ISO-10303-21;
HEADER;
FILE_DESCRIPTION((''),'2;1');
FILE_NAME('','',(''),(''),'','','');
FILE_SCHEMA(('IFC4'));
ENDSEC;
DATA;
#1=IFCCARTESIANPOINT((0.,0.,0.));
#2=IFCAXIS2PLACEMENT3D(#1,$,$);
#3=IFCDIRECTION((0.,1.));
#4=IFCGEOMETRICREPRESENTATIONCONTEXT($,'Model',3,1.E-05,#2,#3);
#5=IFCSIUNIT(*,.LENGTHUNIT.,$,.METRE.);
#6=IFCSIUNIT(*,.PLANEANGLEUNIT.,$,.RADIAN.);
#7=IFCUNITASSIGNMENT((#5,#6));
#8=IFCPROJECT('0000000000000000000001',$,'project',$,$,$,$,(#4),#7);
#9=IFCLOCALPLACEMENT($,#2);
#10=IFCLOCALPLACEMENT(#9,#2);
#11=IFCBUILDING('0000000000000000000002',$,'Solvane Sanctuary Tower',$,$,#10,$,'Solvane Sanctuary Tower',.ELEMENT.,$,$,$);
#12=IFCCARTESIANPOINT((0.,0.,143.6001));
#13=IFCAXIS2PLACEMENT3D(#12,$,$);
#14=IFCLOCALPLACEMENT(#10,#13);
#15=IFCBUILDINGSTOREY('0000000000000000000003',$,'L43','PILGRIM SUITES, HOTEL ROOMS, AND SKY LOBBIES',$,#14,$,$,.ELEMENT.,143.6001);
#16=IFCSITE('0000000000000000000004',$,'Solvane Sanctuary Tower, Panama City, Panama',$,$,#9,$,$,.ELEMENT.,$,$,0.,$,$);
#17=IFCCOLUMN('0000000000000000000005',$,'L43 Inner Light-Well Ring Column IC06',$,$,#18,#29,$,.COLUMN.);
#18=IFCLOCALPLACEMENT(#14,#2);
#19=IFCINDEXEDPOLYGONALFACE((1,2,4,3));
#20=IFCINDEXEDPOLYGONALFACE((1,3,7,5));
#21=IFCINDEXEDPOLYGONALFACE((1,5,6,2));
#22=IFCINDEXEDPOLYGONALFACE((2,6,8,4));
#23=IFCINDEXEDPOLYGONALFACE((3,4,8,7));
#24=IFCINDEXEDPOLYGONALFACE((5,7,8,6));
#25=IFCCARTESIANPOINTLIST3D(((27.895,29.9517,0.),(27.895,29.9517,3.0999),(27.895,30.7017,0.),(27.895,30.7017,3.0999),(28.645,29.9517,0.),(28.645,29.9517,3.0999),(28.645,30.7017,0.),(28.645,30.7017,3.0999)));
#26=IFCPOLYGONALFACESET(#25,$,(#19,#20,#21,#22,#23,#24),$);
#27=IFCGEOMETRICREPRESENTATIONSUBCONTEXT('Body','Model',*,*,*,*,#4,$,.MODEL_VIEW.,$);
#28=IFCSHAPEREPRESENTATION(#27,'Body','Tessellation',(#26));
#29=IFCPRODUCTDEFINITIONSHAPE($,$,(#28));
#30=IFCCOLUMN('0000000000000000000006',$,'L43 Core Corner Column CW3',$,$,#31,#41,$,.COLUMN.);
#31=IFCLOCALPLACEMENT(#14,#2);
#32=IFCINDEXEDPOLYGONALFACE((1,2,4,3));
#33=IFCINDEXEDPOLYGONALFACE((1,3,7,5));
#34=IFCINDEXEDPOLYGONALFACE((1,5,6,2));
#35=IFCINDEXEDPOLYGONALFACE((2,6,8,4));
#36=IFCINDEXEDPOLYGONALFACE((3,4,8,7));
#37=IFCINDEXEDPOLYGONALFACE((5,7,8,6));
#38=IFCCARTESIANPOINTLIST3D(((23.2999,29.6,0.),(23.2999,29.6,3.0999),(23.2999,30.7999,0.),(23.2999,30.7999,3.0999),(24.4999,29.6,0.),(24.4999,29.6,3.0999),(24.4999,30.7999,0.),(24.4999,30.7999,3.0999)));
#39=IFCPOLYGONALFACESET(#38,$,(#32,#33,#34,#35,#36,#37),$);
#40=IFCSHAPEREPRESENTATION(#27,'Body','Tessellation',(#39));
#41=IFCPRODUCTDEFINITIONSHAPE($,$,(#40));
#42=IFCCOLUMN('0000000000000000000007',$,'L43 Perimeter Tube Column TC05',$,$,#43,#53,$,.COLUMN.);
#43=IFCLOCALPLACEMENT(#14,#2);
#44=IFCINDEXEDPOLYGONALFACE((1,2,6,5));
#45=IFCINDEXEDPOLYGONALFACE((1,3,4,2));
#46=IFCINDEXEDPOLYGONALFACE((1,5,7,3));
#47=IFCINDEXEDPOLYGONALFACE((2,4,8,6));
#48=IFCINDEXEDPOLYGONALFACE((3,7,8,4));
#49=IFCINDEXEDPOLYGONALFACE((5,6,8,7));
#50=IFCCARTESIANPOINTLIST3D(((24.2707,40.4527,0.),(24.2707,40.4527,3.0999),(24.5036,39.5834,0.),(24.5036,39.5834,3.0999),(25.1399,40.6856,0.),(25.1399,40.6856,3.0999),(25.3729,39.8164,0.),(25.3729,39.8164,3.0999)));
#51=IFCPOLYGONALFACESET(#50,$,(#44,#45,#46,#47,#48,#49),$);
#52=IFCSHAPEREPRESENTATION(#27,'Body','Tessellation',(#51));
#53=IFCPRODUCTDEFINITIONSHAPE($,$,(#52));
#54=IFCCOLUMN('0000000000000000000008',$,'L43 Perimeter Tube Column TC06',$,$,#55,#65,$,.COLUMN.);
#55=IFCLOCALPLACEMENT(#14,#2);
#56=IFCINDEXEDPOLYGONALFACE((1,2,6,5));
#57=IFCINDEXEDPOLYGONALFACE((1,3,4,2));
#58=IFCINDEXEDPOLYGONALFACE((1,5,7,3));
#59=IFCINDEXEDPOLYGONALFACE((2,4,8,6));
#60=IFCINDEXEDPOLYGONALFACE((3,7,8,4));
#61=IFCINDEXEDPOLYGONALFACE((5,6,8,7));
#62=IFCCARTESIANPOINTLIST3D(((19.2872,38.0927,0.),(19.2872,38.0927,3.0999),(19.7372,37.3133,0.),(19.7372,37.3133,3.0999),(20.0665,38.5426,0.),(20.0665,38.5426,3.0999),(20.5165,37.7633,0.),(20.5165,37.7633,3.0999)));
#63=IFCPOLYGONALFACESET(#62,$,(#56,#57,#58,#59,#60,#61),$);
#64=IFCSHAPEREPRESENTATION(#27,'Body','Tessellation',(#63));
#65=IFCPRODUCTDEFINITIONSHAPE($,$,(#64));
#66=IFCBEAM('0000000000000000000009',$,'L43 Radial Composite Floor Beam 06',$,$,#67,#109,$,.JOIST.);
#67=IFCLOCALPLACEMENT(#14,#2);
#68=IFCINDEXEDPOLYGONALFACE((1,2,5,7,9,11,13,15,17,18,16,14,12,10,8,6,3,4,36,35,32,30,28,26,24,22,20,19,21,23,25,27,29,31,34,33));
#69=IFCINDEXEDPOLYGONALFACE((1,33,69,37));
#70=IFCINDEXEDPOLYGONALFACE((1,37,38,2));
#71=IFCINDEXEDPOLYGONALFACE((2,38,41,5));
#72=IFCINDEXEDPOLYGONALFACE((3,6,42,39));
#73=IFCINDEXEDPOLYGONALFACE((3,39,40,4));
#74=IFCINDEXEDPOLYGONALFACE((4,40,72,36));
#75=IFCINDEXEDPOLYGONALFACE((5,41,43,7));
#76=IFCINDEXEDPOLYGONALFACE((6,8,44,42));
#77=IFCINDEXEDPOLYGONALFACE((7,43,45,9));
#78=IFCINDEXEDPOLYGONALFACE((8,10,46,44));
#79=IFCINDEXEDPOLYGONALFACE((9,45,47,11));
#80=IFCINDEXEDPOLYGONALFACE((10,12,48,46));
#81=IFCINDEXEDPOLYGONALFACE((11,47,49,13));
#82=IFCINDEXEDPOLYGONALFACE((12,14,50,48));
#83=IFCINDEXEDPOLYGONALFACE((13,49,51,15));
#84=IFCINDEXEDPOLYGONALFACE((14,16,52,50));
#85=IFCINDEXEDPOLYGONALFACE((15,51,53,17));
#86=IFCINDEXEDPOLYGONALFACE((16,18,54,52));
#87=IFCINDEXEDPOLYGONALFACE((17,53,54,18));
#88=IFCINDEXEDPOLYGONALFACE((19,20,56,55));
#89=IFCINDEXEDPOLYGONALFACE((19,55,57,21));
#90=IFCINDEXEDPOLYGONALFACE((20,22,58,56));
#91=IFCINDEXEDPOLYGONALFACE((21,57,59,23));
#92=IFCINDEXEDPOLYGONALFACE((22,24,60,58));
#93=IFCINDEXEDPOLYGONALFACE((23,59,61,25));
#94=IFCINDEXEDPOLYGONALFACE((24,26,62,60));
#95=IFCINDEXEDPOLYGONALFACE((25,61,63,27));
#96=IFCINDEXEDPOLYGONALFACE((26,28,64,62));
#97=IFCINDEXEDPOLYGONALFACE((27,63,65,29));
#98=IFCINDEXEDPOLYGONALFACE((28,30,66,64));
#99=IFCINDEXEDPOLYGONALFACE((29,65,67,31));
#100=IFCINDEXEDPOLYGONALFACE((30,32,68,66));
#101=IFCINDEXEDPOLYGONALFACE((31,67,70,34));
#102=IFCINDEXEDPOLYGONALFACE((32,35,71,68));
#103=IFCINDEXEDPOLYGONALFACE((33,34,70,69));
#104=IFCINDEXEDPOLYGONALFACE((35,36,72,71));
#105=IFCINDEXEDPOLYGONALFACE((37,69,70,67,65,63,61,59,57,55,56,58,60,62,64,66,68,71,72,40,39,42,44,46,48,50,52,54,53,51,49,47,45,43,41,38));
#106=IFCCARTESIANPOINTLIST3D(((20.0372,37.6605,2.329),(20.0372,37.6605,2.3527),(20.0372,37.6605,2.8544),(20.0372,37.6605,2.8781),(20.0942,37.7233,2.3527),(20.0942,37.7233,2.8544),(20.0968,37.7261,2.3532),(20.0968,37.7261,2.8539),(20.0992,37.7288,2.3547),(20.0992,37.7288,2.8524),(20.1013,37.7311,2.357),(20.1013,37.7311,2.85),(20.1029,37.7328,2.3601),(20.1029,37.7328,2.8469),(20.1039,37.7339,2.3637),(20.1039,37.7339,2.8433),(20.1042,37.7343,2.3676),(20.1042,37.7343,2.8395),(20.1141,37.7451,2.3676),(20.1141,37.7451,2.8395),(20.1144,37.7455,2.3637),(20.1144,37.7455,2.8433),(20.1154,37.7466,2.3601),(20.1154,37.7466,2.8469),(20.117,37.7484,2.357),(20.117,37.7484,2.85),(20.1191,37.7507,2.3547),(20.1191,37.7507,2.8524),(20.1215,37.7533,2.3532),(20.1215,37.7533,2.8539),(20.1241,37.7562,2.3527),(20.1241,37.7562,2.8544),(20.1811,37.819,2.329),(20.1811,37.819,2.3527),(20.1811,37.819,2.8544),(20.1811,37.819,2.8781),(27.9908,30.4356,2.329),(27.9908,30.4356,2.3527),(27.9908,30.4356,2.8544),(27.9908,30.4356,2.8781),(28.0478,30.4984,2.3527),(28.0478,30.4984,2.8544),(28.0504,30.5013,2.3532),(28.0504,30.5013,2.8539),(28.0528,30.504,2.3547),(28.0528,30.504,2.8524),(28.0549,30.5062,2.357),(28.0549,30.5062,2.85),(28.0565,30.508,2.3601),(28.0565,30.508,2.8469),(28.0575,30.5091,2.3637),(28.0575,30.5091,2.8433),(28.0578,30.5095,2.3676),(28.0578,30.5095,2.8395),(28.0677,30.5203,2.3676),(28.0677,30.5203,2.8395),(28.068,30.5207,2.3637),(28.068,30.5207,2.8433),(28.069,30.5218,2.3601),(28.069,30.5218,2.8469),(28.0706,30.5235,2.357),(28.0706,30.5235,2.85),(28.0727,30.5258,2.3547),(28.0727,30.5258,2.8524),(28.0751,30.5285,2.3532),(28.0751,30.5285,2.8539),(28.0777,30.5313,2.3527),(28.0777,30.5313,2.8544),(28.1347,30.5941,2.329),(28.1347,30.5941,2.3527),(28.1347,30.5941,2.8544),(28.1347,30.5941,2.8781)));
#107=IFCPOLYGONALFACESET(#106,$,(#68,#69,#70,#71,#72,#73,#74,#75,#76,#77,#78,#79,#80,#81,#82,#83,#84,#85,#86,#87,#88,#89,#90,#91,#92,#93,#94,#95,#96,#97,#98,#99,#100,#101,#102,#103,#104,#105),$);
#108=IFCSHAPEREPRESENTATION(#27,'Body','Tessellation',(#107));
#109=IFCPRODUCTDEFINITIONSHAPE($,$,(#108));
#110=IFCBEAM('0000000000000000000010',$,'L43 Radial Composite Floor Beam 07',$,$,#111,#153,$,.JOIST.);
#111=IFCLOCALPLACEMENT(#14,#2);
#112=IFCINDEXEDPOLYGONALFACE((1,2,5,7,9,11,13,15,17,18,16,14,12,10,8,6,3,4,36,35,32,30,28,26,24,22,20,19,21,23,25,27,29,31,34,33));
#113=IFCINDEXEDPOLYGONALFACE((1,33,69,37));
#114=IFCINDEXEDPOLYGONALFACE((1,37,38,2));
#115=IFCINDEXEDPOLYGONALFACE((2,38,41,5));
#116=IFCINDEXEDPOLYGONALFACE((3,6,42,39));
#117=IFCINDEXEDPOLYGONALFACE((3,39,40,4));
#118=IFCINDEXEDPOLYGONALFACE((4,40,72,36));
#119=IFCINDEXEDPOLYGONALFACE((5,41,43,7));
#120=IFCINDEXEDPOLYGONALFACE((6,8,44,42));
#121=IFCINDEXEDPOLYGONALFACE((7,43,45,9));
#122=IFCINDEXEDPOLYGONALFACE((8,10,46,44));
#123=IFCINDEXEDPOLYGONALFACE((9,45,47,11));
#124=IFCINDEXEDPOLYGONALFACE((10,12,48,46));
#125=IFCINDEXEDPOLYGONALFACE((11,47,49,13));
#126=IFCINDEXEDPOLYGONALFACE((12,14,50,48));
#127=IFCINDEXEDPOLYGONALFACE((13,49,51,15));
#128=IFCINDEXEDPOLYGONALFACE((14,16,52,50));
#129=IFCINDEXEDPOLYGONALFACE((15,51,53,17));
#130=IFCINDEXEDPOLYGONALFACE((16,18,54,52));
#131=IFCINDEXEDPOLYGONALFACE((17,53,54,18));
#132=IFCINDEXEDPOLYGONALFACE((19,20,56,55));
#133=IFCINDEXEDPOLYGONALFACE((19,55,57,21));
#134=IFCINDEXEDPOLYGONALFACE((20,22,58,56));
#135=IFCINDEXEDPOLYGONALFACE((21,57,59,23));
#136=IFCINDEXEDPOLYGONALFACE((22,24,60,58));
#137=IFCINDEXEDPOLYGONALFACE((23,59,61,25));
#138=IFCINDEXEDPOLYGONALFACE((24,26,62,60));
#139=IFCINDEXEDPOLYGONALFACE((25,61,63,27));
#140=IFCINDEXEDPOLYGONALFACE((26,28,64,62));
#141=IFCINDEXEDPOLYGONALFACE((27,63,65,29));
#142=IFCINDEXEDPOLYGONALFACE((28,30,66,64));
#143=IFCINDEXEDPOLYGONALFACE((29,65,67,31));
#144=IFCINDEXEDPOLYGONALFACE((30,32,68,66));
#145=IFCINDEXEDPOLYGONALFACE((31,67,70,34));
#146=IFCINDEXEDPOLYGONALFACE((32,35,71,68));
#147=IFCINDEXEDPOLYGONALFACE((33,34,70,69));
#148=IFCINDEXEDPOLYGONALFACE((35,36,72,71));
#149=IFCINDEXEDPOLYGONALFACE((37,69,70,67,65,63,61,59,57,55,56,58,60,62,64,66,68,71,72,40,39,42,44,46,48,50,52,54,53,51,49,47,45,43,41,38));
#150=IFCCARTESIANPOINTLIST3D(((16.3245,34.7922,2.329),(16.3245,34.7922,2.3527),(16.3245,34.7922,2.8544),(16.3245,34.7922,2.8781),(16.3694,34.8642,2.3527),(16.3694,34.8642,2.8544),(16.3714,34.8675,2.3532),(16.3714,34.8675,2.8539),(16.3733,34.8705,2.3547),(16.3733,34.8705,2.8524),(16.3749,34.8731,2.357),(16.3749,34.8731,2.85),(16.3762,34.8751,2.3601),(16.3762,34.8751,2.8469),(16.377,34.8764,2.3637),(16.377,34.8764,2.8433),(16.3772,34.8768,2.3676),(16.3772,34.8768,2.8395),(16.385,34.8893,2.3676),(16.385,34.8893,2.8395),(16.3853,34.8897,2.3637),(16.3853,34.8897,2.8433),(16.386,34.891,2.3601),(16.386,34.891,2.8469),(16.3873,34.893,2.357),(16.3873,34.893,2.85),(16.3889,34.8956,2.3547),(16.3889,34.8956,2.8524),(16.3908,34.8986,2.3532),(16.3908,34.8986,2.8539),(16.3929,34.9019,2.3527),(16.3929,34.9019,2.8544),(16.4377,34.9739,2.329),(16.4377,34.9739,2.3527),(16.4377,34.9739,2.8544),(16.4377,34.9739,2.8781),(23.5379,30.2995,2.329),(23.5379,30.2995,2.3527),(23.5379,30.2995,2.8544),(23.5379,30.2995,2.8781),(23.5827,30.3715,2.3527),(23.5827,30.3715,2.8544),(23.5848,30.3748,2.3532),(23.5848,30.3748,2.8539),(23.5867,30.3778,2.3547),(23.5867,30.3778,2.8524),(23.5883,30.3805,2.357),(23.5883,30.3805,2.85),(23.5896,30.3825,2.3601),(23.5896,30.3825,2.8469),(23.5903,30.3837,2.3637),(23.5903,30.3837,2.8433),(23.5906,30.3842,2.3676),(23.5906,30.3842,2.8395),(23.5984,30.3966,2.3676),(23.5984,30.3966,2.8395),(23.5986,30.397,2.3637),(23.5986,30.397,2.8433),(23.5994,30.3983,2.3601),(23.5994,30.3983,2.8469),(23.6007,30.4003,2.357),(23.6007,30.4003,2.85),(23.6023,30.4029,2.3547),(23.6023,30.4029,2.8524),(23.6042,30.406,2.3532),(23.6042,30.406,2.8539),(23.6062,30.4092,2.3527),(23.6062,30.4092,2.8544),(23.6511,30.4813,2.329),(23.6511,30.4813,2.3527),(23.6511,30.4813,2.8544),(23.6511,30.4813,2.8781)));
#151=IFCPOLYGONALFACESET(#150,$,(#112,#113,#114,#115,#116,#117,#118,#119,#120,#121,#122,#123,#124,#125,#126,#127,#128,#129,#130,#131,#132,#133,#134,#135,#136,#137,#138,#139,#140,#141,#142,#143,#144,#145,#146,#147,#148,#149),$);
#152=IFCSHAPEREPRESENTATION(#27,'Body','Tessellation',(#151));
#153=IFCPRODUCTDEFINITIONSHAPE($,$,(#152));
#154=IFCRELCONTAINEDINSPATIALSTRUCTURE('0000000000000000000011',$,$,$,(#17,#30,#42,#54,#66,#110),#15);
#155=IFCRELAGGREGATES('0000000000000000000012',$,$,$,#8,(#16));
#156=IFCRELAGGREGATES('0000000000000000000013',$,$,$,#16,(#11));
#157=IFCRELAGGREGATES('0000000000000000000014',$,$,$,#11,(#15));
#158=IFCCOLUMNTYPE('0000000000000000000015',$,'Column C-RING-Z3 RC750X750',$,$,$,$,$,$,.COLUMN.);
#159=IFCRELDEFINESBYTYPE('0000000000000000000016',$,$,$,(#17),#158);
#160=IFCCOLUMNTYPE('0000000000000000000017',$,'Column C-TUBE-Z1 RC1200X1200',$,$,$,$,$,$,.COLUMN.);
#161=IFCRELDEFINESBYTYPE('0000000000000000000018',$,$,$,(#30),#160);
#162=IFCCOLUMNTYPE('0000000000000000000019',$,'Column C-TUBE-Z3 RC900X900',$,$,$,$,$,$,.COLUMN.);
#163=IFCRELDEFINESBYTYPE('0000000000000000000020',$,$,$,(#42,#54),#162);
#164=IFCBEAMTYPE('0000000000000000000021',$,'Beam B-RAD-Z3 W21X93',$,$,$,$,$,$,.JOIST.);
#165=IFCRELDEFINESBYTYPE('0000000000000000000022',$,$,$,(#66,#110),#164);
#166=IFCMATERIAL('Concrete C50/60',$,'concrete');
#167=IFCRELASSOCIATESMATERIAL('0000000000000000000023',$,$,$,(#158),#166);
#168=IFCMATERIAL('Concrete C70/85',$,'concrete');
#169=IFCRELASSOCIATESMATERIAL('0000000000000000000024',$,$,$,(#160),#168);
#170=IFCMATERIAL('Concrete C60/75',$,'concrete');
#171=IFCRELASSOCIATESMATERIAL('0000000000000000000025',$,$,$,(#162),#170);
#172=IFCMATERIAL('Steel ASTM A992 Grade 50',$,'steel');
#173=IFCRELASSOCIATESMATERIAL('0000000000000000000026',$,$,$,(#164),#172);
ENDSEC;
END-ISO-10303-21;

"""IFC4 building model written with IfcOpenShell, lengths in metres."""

from ifc_helpers import new_model, si_unit, direction, frame, origin, origin_2d, place, context, subcontext, project, spatial, rectangle, i_section, extrude, material, material_profile, profile_set, type_object, element, save


model = new_model("IFC4")

# Units and contexts
model_context = context("Model", 3, precision=1e-05, world=origin(), true_north=direction((0.0, 1.0)))
body_context = subcontext(model_context, "Body", "Model", "MODEL_VIEW")
ifc_project = project(units=[si_unit("LENGTHUNIT", "METRE"), si_unit("PLANEANGLEUNIT", "RADIAN")], contexts=[model_context])

# Site, building, storey
site_placement = place(None, origin())
site = spatial("IfcSite", under=ifc_project, at=site_placement, Name="Solvane Sanctuary Tower, Panama City, Panama", CompositionType="ELEMENT", RefElevation=0.0)
building_placement = place(site_placement, origin())
building = spatial("IfcBuilding", under=site, at=building_placement, Name="Solvane Sanctuary Tower", LongName="Solvane Sanctuary Tower", CompositionType="ELEMENT")
storey_placement = place(building_placement, frame((0.0, 0.0, 143.6001)))
storey = spatial("IfcBuildingStorey", under=building, at=storey_placement, Name="L43", Description="PILGRIM SUITES, HOTEL ROOMS, AND SKY LOBBIES", CompositionType="ELEMENT", Elevation=143.6001)

# Columns
ifc_material_1 = material(Name="Concrete C50/60", Category="concrete")
ifc_material_profile_1 = material_profile(ifc_material_1, rectangle(XDim=0.75, YDim=0.75, at=origin_2d()), Name="RC750X750")
ifc_profile_set_1 = profile_set([ifc_material_profile_1], Name="Concrete C50/60")
column_type_1 = type_object("IfcColumnType", Name="Column C-RING-Z3 RC750X750", PredefinedType="COLUMN", material=ifc_profile_set_1)
column_1_placement = place(storey_placement, frame((28.27, 30.3267, 0.0), z_axis=(0.0, 0.0, 1.0), x_axis=(1.0, 0.0, 0.0)))
element("IfcColumn", 1, at=column_1_placement, inside=storey, type_object=column_type_1, Name="L43 Inner Light-Well Ring Column IC06", PredefinedType="COLUMN", context=body_context, shape_type="SweptSolid", body=[
    extrude(rectangle(XDim=0.75, YDim=0.75, at=origin_2d()), origin(), (0.0, 0.0, 1.0), 3.0999),
])
ifc_material_2 = material(Name="Concrete C70/85", Category="concrete")
ifc_material_profile_2 = material_profile(ifc_material_2, rectangle(XDim=1.2, YDim=1.2, at=origin_2d()), Name="RC1200X1200")
ifc_profile_set_2 = profile_set([ifc_material_profile_2], Name="Concrete C70/85")
column_type_2 = type_object("IfcColumnType", Name="Column C-TUBE-Z1 RC1200X1200", PredefinedType="COLUMN", material=ifc_profile_set_2)
column_2_placement = place(storey_placement, frame((23.8999, 30.2, 0.0), z_axis=(0.0, 0.0, 1.0), x_axis=(1.0, 0.0, 0.0)))
element("IfcColumn", 2, at=column_2_placement, inside=storey, type_object=column_type_2, Name="L43 Core Corner Column CW3", PredefinedType="COLUMN", context=body_context, shape_type="SweptSolid", body=[
    extrude(rectangle(XDim=1.2, YDim=1.2, at=origin_2d()), origin(), (0.0, 0.0, 1.0), 3.0999),
])
ifc_material_3 = material(Name="Concrete C60/75", Category="concrete")
ifc_material_profile_3 = material_profile(ifc_material_3, rectangle(XDim=0.8999, YDim=0.8999, at=origin_2d()), Name="RC900X900")
ifc_profile_set_3 = profile_set([ifc_material_profile_3], Name="Concrete C60/75")
column_type_3 = type_object("IfcColumnType", Name="Column C-TUBE-Z3 RC900X900", PredefinedType="COLUMN", material=ifc_profile_set_3)
for number, where, z_axis, x_axis, name in (
    (3, (24.8218, 40.1345, 0.0), (0.0, 0.0, 1.0), (-0.258819, 0.965926, 0.0), "L43 Perimeter Tube Column TC05"),
    (4, (19.9019, 37.928, 0.0), (0.0, 0.0, 1.0), (-0.5, 0.866025, 0.0), "L43 Perimeter Tube Column TC06"),
):
    element("IfcColumn", number, at=place(storey_placement, frame(where, z_axis=z_axis, x_axis=x_axis)), inside=storey, type_object=column_type_3, Name=name, PredefinedType="COLUMN", context=body_context, shape_type="SweptSolid", body=[
        extrude(rectangle(XDim=0.8999, YDim=0.8999, at=origin_2d()), origin(), (0.0, 0.0, 1.0), 3.0999),
    ])

# Beams
ifc_material_4 = material(Name="Steel ASTM A992 Grade 50", Category="steel")
ifc_material_profile_4 = material_profile(ifc_material_4, i_section(OverallWidth=0.2141, OverallDepth=0.5491, WebThickness=0.0146, FlangeThickness=0.0237, FilletRadius=0.0149, at=origin_2d()), Name="W21X93")
ifc_profile_set_4 = profile_set([ifc_material_profile_4], Name="Steel ASTM A992 Grade 50")
beam_type_1 = type_object("IfcBeamType", Name="Beam B-RAD-Z3 W21X93", PredefinedType="JOIST", material=ifc_profile_set_4)
beam_1_placement = place(storey_placement, frame((28.0627, 30.5149, 2.6035), z_axis=(-0.740204, 0.672382, 0.0), x_axis=(-0.672382, -0.740204, 0.0)))
element("IfcBeam", 5, at=beam_1_placement, inside=storey, type_object=beam_type_1, Name="L43 Radial Composite Floor Beam 06", PredefinedType="JOIST", context=body_context, shape_type="SweptSolid", body=[
    extrude(i_section(OverallWidth=0.2141, OverallDepth=0.5491, WebThickness=0.0146, FlangeThickness=0.0237, FilletRadius=0.0149, at=origin_2d()), origin(), (0.0, 0.0, 1.0), 10.7451),
])
beam_2_placement = place(storey_placement, frame((23.5945, 30.3904, 2.6035), z_axis=(-0.848827, 0.528671, 0.0), x_axis=(-0.528671, -0.848827, 0.0)))
element("IfcBeam", 6, at=beam_2_placement, inside=storey, type_object=beam_type_1, Name="L43 Radial Composite Floor Beam 07", PredefinedType="JOIST", context=body_context, shape_type="SweptSolid", body=[
    extrude(i_section(OverallWidth=0.2141, OverallDepth=0.5491, WebThickness=0.0146, FlangeThickness=0.0237, FilletRadius=0.0149, at=origin_2d()), origin(), (0.0, 0.0, 1.0), 8.498),
])

save(model, "model.ifc")
